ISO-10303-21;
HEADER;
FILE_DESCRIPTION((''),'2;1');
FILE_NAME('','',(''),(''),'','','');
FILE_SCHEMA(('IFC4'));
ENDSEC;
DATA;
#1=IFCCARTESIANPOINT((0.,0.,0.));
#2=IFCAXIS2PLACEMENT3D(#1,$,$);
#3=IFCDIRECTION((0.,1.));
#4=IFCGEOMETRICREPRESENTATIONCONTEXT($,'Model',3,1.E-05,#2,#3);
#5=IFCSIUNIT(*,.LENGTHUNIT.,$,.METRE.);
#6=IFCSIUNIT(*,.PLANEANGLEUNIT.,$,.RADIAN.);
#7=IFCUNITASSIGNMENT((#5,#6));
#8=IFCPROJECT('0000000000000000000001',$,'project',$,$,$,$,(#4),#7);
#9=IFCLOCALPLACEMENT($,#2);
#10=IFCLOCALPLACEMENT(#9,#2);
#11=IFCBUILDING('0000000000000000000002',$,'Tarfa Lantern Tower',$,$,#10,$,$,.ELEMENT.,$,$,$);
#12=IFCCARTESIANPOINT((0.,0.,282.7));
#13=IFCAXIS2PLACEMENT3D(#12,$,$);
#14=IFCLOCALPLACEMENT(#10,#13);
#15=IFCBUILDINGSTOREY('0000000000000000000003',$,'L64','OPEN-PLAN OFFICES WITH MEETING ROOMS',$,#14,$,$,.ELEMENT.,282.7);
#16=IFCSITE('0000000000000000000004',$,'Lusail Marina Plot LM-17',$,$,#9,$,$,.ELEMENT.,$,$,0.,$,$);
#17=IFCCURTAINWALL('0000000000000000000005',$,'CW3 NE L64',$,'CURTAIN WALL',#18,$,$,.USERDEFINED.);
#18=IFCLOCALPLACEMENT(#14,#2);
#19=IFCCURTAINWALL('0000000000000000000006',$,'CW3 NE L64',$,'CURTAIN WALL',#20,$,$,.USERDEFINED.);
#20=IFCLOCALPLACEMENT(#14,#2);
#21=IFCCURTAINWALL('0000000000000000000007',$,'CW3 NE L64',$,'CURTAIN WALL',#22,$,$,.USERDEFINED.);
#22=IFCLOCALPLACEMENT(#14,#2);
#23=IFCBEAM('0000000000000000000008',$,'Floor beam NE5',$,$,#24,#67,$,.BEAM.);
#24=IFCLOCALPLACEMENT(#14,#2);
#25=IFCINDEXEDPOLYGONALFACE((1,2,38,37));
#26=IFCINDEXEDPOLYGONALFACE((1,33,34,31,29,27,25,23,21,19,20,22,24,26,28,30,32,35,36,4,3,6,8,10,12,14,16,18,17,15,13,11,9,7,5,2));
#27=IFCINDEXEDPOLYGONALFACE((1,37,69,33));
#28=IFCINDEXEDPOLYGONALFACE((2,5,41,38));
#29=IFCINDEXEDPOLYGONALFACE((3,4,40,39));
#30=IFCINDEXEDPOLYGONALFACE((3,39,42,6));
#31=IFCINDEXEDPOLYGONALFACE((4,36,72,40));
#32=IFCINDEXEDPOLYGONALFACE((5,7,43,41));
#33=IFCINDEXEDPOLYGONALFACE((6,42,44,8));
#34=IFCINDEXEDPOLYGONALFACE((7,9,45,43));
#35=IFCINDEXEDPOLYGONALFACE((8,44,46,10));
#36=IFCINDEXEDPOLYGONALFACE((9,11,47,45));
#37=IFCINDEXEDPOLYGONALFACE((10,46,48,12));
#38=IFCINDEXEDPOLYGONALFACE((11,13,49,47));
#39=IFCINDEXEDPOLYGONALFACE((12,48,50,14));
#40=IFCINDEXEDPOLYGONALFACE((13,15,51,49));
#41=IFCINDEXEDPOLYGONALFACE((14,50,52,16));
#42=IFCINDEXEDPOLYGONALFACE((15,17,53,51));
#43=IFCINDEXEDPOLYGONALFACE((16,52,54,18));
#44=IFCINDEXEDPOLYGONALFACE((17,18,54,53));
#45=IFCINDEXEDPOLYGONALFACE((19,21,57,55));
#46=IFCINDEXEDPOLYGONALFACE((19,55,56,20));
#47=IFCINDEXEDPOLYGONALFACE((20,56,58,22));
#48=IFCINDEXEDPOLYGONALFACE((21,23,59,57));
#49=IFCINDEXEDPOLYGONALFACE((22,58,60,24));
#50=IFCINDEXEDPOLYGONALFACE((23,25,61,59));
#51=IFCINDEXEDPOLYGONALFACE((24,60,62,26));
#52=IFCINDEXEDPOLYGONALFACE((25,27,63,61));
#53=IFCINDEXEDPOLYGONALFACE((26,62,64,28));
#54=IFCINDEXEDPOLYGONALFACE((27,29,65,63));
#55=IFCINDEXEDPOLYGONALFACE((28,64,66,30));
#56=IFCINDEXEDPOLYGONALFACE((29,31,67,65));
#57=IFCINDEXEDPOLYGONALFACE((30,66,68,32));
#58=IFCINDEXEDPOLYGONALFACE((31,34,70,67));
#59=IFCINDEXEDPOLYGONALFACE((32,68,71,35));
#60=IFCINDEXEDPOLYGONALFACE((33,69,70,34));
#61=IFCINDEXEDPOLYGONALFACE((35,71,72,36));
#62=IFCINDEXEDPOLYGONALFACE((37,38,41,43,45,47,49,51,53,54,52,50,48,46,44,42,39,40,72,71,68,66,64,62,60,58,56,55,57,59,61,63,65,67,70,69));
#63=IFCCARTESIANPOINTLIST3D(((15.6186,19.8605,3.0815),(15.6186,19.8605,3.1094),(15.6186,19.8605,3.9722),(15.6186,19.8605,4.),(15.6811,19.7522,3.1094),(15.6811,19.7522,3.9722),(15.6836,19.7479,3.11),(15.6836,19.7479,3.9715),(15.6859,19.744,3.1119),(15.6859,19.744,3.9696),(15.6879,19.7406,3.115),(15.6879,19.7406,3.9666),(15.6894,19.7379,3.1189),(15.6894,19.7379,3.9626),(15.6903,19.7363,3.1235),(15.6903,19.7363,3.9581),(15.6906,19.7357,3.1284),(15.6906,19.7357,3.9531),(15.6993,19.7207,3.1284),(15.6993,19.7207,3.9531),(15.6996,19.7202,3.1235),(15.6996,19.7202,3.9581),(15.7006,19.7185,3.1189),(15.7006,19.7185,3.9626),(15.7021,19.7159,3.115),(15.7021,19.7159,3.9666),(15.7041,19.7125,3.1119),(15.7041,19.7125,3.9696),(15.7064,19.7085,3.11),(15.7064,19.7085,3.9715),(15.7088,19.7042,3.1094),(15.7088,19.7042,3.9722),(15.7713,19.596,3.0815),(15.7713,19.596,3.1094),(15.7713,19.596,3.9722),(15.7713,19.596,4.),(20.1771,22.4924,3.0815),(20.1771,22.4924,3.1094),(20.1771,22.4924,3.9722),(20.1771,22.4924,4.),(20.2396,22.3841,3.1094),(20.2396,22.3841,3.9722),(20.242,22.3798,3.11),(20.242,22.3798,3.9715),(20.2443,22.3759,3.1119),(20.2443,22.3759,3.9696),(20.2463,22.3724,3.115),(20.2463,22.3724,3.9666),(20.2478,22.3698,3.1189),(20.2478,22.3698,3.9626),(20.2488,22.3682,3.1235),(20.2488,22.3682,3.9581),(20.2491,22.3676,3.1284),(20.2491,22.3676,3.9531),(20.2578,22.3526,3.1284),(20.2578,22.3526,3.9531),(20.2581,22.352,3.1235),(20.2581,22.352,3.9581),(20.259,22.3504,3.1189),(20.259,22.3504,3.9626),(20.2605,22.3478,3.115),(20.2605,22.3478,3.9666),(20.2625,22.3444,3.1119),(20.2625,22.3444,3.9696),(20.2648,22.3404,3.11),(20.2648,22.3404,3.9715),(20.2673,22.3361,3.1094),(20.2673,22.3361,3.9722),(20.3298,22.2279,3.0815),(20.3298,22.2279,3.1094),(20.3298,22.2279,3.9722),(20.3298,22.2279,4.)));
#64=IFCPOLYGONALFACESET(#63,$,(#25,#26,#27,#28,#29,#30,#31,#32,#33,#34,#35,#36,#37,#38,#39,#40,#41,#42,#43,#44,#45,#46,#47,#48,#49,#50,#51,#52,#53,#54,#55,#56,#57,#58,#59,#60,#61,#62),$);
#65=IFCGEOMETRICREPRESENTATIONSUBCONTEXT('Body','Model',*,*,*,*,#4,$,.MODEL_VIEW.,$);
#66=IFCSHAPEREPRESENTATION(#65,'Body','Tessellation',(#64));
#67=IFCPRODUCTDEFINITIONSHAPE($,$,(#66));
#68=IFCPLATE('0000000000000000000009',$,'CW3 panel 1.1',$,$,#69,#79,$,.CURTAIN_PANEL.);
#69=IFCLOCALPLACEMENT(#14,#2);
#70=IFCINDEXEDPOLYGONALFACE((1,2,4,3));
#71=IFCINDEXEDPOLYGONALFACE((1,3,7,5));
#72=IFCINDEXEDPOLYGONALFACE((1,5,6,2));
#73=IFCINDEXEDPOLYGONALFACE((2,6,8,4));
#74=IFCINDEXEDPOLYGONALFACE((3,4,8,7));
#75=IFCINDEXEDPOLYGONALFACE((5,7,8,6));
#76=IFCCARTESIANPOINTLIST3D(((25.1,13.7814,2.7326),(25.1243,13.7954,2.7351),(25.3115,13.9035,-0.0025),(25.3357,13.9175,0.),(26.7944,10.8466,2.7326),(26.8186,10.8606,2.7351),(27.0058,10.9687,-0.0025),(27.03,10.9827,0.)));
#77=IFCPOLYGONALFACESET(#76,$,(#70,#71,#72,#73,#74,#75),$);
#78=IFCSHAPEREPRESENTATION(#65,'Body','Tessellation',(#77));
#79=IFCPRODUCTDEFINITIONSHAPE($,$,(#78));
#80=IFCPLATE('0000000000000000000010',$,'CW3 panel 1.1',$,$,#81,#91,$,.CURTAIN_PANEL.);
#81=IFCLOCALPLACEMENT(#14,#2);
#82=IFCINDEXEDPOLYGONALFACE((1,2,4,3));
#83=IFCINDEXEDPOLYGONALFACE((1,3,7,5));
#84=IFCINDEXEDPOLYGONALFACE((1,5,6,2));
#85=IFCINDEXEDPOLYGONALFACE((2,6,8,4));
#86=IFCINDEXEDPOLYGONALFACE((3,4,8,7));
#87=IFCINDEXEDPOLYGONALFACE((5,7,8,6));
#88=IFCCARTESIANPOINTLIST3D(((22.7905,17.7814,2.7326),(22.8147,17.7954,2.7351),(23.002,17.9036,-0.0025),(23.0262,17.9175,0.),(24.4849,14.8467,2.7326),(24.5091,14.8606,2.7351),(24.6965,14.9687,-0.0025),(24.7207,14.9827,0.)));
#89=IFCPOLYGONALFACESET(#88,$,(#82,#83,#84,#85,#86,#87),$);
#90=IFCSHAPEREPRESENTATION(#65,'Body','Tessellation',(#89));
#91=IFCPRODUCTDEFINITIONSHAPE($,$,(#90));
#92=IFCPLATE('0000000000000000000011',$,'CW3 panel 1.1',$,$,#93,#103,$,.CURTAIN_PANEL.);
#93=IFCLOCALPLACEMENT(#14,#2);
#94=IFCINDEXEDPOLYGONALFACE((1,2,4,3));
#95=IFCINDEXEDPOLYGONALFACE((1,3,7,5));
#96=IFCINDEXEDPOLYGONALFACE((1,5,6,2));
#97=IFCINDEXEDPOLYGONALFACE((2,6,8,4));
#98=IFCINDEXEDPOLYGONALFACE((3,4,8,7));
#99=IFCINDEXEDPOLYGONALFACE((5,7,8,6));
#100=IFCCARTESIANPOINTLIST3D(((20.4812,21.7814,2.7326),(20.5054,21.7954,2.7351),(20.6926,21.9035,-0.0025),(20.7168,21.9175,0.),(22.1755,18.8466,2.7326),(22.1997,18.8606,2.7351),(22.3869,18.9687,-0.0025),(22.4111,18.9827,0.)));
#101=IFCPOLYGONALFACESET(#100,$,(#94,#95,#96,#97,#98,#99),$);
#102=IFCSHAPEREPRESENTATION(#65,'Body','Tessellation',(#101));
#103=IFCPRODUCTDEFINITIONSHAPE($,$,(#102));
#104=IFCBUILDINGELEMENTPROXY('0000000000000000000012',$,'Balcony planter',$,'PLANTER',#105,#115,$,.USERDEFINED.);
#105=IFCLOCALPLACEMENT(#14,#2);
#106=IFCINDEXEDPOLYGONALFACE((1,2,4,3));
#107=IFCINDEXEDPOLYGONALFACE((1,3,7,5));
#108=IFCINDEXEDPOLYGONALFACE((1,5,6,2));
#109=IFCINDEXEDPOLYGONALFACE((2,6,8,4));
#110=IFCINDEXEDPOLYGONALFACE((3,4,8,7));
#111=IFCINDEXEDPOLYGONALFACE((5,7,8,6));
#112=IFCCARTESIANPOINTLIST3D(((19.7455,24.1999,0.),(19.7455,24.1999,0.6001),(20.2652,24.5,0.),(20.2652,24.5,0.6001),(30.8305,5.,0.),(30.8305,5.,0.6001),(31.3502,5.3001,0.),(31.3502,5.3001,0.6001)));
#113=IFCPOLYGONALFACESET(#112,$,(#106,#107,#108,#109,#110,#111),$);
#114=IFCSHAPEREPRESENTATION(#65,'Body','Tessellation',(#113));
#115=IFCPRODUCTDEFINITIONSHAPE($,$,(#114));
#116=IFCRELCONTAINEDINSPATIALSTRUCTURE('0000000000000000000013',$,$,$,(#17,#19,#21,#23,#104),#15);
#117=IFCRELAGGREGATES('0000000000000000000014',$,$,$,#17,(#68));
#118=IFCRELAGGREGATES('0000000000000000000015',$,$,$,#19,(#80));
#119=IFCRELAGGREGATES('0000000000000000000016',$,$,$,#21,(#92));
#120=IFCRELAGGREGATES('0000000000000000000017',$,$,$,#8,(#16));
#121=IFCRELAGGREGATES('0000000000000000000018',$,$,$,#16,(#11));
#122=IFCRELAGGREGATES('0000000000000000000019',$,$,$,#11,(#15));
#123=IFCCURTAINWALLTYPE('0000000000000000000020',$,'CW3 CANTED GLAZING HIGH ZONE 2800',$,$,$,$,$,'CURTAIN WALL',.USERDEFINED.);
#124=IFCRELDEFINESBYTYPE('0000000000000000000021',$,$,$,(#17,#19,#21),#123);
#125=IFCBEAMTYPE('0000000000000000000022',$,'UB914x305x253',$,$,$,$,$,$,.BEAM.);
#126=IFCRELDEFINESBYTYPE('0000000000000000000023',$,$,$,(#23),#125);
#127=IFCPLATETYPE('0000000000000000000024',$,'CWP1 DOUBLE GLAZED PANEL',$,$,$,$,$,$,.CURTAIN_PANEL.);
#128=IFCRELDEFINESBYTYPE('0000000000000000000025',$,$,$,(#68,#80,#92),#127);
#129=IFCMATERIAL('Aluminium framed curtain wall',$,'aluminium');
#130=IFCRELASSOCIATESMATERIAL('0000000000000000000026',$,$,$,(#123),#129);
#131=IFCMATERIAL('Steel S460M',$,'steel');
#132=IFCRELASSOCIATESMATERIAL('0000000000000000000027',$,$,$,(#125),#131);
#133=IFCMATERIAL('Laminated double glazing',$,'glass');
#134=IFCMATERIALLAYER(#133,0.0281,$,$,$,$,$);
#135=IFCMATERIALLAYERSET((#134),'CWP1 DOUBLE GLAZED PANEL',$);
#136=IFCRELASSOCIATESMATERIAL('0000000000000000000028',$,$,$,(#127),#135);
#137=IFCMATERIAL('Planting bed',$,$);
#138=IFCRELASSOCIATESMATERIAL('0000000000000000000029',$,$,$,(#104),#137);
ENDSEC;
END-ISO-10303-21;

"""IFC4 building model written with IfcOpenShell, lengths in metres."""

from ifc_helpers import new_model, si_unit, direction, frame, origin, origin_2d, place, context, subcontext, project, spatial, polyline, rectangle, i_section, outline, extrude, material, layer, layer_set, material_profile, profile_set, type_object, element, aggregate, save


model = new_model("IFC4")

# Units and contexts
model_context = context("Model", 3, precision=1e-05, world=origin(), true_north=direction((0.0, 1.0)))
body_context = subcontext(model_context, "Body", "Model", "MODEL_VIEW")
ifc_project = project(units=[si_unit("LENGTHUNIT", "METRE"), si_unit("PLANEANGLEUNIT", "RADIAN")], contexts=[model_context])

# Site, building, storey
site_placement = place(None, origin())
site = spatial("IfcSite", under=ifc_project, at=site_placement, Name="Lusail Marina Plot LM-17", CompositionType="ELEMENT", RefElevation=0.0)
building_placement = place(site_placement, origin())
building = spatial("IfcBuilding", under=site, at=building_placement, Name="Tarfa Lantern Tower", CompositionType="ELEMENT")
storey_placement = place(building_placement, frame((0.0, 0.0, 282.7)))
storey = spatial("IfcBuildingStorey", under=building, at=storey_placement, Name="L64", Description="OPEN-PLAN OFFICES WITH MEETING ROOMS", CompositionType="ELEMENT", Elevation=282.7)

# Curtain walls
ifc_material_1 = material(Name="Aluminium framed curtain wall", Category="aluminium")
curtain_wall_type = type_object("IfcCurtainWallType", Name="CW3 CANTED GLAZING HIGH ZONE 2800", ElementType="CURTAIN WALL", PredefinedType="USERDEFINED", material=ifc_material_1)
curtain_wall_1_placement = place(storey_placement, origin())
curtain_wall_1 = element("IfcCurtainWall", 1, at=curtain_wall_1_placement, inside=storey, type_object=curtain_wall_type, Name="CW3 NE L64", ObjectType="CURTAIN WALL", PredefinedType="USERDEFINED")
curtain_wall_2_placement = place(storey_placement, origin())
curtain_wall_2 = element("IfcCurtainWall", 2, at=curtain_wall_2_placement, inside=storey, type_object=curtain_wall_type, Name="CW3 NE L64", ObjectType="CURTAIN WALL", PredefinedType="USERDEFINED")
curtain_wall_3_placement = place(storey_placement, origin())
curtain_wall_3 = element("IfcCurtainWall", 3, at=curtain_wall_3_placement, inside=storey, type_object=curtain_wall_type, Name="CW3 NE L64", ObjectType="CURTAIN WALL", PredefinedType="USERDEFINED")

# Beam
ifc_material_2 = material(Name="Steel S460M", Category="steel")
ifc_material_profile_1 = material_profile(ifc_material_2, i_section(OverallWidth=0.3054, OverallDepth=0.9185, WebThickness=0.0173, FlangeThickness=0.0278, FilletRadius=0.019, at=origin_2d()), Name="UB914x305x253")
ifc_profile_set_1 = profile_set([ifc_material_profile_1], Name="Steel S460M")
beam_type_1 = type_object("IfcBeamType", Name="UB914x305x253", PredefinedType="BEAM", material=ifc_profile_set_1)
beam_1_placement = place(storey_placement, frame((20.2534, 22.3601, 3.5408), z_axis=(-0.86602, -0.50001, 0.0), x_axis=(0.50001, -0.86602, 0.0)))
element("IfcBeam", 4, at=beam_1_placement, inside=storey, type_object=beam_type_1, Name="Floor beam NE5", PredefinedType="BEAM", context=body_context, shape_type="SweptSolid", body=[
    extrude(i_section(OverallWidth=0.3054, OverallDepth=0.9185, WebThickness=0.0173, FlangeThickness=0.0278, FilletRadius=0.019, at=origin_2d()), origin(), (0.0, 0.0, 1.0), 5.2637),
])

# Plates
ifc_material_3 = material(Name="Laminated double glazing", Category="glass")
ifc_layer = layer(ifc_material_3, 0.0281)
ifc_layer_set = layer_set([ifc_layer], Name="CWP1 DOUBLE GLAZED PANEL")
plate_type = type_object("IfcPlateType", Name="CWP1 DOUBLE GLAZED PANEL", PredefinedType="CURTAIN_PANEL", material=ifc_layer_set)
plate_1_placement = place(storey_placement, frame((27.03, 10.9827, 0.0), z_axis=(0.862606, 0.498002, 0.088906), x_axis=(-0.499982, 0.866036, 0.0)))
plate_1 = element("IfcPlate", 5, at=plate_1_placement, type_object=plate_type, Name="CW3 panel 1.1", PredefinedType="CURTAIN_PANEL", context=body_context, shape_type="SweptSolid", body=[
    extrude(outline(polyline([(0.0, 0.0), (3.3888, 0.0), (3.3888, 2.746), (0.0, 2.746), (0.0, 0.0)])), origin(), (0.0, 0.0, -1.0), 0.0281),
])
aggregate(curtain_wall_1, [plate_1])
plate_2_placement = place(storey_placement, frame((24.7207, 14.9827, 0.0), z_axis=(0.862588, 0.498028, 0.088945), x_axis=(-0.50001, 0.86602, 0.000003)))
plate_2 = element("IfcPlate", 6, at=plate_2_placement, type_object=plate_type, Name="CW3 panel 1.1", PredefinedType="CURTAIN_PANEL", context=body_context, shape_type="SweptSolid", body=[
    extrude(outline(polyline([(0.0, 0.0), (3.3889, 0.0), (3.3889, 2.746), (0.0001, 2.746), (0.0, 0.0)])), origin(), (0.0, 0.0, -1.0), 0.0281),
])
aggregate(curtain_wall_2, [plate_2])
plate_3_placement = place(storey_placement, frame((22.4111, 18.9827, 0.0), z_axis=(0.862606, 0.498002, 0.088906), x_axis=(-0.499982, 0.866036, 0.0)))
plate_3 = element("IfcPlate", 7, at=plate_3_placement, type_object=plate_type, Name="CW3 panel 1.1", PredefinedType="CURTAIN_PANEL", context=body_context, shape_type="SweptSolid", body=[
    extrude(outline(polyline([(0.0, 0.0), (3.3888, 0.0), (3.3888, 2.746), (0.0, 2.746), (0.0, 0.0)])), origin(), (0.0, 0.0, -1.0), 0.0281),
])
aggregate(curtain_wall_3, [plate_3])

# Building element proxy
ifc_material_4 = material(Name="Planting bed")
proxy_placement = place(storey_placement, frame((25.5479, 14.75, 0.0), z_axis=(0.0, 0.0, 1.0), x_axis=(-0.5, 0.866025, 0.0)))
element("IfcBuildingElementProxy", 8, at=proxy_placement, inside=storey, material=ifc_material_4, Name="Balcony planter", ObjectType="PLANTER", PredefinedType="USERDEFINED", context=body_context, shape_type="SweptSolid", body=[
    extrude(rectangle(XDim=22.1702, YDim=0.6001, at=origin_2d()), origin(), (0.0, 0.0, 1.0), 0.6001),
])

save(model, "model.ifc")
